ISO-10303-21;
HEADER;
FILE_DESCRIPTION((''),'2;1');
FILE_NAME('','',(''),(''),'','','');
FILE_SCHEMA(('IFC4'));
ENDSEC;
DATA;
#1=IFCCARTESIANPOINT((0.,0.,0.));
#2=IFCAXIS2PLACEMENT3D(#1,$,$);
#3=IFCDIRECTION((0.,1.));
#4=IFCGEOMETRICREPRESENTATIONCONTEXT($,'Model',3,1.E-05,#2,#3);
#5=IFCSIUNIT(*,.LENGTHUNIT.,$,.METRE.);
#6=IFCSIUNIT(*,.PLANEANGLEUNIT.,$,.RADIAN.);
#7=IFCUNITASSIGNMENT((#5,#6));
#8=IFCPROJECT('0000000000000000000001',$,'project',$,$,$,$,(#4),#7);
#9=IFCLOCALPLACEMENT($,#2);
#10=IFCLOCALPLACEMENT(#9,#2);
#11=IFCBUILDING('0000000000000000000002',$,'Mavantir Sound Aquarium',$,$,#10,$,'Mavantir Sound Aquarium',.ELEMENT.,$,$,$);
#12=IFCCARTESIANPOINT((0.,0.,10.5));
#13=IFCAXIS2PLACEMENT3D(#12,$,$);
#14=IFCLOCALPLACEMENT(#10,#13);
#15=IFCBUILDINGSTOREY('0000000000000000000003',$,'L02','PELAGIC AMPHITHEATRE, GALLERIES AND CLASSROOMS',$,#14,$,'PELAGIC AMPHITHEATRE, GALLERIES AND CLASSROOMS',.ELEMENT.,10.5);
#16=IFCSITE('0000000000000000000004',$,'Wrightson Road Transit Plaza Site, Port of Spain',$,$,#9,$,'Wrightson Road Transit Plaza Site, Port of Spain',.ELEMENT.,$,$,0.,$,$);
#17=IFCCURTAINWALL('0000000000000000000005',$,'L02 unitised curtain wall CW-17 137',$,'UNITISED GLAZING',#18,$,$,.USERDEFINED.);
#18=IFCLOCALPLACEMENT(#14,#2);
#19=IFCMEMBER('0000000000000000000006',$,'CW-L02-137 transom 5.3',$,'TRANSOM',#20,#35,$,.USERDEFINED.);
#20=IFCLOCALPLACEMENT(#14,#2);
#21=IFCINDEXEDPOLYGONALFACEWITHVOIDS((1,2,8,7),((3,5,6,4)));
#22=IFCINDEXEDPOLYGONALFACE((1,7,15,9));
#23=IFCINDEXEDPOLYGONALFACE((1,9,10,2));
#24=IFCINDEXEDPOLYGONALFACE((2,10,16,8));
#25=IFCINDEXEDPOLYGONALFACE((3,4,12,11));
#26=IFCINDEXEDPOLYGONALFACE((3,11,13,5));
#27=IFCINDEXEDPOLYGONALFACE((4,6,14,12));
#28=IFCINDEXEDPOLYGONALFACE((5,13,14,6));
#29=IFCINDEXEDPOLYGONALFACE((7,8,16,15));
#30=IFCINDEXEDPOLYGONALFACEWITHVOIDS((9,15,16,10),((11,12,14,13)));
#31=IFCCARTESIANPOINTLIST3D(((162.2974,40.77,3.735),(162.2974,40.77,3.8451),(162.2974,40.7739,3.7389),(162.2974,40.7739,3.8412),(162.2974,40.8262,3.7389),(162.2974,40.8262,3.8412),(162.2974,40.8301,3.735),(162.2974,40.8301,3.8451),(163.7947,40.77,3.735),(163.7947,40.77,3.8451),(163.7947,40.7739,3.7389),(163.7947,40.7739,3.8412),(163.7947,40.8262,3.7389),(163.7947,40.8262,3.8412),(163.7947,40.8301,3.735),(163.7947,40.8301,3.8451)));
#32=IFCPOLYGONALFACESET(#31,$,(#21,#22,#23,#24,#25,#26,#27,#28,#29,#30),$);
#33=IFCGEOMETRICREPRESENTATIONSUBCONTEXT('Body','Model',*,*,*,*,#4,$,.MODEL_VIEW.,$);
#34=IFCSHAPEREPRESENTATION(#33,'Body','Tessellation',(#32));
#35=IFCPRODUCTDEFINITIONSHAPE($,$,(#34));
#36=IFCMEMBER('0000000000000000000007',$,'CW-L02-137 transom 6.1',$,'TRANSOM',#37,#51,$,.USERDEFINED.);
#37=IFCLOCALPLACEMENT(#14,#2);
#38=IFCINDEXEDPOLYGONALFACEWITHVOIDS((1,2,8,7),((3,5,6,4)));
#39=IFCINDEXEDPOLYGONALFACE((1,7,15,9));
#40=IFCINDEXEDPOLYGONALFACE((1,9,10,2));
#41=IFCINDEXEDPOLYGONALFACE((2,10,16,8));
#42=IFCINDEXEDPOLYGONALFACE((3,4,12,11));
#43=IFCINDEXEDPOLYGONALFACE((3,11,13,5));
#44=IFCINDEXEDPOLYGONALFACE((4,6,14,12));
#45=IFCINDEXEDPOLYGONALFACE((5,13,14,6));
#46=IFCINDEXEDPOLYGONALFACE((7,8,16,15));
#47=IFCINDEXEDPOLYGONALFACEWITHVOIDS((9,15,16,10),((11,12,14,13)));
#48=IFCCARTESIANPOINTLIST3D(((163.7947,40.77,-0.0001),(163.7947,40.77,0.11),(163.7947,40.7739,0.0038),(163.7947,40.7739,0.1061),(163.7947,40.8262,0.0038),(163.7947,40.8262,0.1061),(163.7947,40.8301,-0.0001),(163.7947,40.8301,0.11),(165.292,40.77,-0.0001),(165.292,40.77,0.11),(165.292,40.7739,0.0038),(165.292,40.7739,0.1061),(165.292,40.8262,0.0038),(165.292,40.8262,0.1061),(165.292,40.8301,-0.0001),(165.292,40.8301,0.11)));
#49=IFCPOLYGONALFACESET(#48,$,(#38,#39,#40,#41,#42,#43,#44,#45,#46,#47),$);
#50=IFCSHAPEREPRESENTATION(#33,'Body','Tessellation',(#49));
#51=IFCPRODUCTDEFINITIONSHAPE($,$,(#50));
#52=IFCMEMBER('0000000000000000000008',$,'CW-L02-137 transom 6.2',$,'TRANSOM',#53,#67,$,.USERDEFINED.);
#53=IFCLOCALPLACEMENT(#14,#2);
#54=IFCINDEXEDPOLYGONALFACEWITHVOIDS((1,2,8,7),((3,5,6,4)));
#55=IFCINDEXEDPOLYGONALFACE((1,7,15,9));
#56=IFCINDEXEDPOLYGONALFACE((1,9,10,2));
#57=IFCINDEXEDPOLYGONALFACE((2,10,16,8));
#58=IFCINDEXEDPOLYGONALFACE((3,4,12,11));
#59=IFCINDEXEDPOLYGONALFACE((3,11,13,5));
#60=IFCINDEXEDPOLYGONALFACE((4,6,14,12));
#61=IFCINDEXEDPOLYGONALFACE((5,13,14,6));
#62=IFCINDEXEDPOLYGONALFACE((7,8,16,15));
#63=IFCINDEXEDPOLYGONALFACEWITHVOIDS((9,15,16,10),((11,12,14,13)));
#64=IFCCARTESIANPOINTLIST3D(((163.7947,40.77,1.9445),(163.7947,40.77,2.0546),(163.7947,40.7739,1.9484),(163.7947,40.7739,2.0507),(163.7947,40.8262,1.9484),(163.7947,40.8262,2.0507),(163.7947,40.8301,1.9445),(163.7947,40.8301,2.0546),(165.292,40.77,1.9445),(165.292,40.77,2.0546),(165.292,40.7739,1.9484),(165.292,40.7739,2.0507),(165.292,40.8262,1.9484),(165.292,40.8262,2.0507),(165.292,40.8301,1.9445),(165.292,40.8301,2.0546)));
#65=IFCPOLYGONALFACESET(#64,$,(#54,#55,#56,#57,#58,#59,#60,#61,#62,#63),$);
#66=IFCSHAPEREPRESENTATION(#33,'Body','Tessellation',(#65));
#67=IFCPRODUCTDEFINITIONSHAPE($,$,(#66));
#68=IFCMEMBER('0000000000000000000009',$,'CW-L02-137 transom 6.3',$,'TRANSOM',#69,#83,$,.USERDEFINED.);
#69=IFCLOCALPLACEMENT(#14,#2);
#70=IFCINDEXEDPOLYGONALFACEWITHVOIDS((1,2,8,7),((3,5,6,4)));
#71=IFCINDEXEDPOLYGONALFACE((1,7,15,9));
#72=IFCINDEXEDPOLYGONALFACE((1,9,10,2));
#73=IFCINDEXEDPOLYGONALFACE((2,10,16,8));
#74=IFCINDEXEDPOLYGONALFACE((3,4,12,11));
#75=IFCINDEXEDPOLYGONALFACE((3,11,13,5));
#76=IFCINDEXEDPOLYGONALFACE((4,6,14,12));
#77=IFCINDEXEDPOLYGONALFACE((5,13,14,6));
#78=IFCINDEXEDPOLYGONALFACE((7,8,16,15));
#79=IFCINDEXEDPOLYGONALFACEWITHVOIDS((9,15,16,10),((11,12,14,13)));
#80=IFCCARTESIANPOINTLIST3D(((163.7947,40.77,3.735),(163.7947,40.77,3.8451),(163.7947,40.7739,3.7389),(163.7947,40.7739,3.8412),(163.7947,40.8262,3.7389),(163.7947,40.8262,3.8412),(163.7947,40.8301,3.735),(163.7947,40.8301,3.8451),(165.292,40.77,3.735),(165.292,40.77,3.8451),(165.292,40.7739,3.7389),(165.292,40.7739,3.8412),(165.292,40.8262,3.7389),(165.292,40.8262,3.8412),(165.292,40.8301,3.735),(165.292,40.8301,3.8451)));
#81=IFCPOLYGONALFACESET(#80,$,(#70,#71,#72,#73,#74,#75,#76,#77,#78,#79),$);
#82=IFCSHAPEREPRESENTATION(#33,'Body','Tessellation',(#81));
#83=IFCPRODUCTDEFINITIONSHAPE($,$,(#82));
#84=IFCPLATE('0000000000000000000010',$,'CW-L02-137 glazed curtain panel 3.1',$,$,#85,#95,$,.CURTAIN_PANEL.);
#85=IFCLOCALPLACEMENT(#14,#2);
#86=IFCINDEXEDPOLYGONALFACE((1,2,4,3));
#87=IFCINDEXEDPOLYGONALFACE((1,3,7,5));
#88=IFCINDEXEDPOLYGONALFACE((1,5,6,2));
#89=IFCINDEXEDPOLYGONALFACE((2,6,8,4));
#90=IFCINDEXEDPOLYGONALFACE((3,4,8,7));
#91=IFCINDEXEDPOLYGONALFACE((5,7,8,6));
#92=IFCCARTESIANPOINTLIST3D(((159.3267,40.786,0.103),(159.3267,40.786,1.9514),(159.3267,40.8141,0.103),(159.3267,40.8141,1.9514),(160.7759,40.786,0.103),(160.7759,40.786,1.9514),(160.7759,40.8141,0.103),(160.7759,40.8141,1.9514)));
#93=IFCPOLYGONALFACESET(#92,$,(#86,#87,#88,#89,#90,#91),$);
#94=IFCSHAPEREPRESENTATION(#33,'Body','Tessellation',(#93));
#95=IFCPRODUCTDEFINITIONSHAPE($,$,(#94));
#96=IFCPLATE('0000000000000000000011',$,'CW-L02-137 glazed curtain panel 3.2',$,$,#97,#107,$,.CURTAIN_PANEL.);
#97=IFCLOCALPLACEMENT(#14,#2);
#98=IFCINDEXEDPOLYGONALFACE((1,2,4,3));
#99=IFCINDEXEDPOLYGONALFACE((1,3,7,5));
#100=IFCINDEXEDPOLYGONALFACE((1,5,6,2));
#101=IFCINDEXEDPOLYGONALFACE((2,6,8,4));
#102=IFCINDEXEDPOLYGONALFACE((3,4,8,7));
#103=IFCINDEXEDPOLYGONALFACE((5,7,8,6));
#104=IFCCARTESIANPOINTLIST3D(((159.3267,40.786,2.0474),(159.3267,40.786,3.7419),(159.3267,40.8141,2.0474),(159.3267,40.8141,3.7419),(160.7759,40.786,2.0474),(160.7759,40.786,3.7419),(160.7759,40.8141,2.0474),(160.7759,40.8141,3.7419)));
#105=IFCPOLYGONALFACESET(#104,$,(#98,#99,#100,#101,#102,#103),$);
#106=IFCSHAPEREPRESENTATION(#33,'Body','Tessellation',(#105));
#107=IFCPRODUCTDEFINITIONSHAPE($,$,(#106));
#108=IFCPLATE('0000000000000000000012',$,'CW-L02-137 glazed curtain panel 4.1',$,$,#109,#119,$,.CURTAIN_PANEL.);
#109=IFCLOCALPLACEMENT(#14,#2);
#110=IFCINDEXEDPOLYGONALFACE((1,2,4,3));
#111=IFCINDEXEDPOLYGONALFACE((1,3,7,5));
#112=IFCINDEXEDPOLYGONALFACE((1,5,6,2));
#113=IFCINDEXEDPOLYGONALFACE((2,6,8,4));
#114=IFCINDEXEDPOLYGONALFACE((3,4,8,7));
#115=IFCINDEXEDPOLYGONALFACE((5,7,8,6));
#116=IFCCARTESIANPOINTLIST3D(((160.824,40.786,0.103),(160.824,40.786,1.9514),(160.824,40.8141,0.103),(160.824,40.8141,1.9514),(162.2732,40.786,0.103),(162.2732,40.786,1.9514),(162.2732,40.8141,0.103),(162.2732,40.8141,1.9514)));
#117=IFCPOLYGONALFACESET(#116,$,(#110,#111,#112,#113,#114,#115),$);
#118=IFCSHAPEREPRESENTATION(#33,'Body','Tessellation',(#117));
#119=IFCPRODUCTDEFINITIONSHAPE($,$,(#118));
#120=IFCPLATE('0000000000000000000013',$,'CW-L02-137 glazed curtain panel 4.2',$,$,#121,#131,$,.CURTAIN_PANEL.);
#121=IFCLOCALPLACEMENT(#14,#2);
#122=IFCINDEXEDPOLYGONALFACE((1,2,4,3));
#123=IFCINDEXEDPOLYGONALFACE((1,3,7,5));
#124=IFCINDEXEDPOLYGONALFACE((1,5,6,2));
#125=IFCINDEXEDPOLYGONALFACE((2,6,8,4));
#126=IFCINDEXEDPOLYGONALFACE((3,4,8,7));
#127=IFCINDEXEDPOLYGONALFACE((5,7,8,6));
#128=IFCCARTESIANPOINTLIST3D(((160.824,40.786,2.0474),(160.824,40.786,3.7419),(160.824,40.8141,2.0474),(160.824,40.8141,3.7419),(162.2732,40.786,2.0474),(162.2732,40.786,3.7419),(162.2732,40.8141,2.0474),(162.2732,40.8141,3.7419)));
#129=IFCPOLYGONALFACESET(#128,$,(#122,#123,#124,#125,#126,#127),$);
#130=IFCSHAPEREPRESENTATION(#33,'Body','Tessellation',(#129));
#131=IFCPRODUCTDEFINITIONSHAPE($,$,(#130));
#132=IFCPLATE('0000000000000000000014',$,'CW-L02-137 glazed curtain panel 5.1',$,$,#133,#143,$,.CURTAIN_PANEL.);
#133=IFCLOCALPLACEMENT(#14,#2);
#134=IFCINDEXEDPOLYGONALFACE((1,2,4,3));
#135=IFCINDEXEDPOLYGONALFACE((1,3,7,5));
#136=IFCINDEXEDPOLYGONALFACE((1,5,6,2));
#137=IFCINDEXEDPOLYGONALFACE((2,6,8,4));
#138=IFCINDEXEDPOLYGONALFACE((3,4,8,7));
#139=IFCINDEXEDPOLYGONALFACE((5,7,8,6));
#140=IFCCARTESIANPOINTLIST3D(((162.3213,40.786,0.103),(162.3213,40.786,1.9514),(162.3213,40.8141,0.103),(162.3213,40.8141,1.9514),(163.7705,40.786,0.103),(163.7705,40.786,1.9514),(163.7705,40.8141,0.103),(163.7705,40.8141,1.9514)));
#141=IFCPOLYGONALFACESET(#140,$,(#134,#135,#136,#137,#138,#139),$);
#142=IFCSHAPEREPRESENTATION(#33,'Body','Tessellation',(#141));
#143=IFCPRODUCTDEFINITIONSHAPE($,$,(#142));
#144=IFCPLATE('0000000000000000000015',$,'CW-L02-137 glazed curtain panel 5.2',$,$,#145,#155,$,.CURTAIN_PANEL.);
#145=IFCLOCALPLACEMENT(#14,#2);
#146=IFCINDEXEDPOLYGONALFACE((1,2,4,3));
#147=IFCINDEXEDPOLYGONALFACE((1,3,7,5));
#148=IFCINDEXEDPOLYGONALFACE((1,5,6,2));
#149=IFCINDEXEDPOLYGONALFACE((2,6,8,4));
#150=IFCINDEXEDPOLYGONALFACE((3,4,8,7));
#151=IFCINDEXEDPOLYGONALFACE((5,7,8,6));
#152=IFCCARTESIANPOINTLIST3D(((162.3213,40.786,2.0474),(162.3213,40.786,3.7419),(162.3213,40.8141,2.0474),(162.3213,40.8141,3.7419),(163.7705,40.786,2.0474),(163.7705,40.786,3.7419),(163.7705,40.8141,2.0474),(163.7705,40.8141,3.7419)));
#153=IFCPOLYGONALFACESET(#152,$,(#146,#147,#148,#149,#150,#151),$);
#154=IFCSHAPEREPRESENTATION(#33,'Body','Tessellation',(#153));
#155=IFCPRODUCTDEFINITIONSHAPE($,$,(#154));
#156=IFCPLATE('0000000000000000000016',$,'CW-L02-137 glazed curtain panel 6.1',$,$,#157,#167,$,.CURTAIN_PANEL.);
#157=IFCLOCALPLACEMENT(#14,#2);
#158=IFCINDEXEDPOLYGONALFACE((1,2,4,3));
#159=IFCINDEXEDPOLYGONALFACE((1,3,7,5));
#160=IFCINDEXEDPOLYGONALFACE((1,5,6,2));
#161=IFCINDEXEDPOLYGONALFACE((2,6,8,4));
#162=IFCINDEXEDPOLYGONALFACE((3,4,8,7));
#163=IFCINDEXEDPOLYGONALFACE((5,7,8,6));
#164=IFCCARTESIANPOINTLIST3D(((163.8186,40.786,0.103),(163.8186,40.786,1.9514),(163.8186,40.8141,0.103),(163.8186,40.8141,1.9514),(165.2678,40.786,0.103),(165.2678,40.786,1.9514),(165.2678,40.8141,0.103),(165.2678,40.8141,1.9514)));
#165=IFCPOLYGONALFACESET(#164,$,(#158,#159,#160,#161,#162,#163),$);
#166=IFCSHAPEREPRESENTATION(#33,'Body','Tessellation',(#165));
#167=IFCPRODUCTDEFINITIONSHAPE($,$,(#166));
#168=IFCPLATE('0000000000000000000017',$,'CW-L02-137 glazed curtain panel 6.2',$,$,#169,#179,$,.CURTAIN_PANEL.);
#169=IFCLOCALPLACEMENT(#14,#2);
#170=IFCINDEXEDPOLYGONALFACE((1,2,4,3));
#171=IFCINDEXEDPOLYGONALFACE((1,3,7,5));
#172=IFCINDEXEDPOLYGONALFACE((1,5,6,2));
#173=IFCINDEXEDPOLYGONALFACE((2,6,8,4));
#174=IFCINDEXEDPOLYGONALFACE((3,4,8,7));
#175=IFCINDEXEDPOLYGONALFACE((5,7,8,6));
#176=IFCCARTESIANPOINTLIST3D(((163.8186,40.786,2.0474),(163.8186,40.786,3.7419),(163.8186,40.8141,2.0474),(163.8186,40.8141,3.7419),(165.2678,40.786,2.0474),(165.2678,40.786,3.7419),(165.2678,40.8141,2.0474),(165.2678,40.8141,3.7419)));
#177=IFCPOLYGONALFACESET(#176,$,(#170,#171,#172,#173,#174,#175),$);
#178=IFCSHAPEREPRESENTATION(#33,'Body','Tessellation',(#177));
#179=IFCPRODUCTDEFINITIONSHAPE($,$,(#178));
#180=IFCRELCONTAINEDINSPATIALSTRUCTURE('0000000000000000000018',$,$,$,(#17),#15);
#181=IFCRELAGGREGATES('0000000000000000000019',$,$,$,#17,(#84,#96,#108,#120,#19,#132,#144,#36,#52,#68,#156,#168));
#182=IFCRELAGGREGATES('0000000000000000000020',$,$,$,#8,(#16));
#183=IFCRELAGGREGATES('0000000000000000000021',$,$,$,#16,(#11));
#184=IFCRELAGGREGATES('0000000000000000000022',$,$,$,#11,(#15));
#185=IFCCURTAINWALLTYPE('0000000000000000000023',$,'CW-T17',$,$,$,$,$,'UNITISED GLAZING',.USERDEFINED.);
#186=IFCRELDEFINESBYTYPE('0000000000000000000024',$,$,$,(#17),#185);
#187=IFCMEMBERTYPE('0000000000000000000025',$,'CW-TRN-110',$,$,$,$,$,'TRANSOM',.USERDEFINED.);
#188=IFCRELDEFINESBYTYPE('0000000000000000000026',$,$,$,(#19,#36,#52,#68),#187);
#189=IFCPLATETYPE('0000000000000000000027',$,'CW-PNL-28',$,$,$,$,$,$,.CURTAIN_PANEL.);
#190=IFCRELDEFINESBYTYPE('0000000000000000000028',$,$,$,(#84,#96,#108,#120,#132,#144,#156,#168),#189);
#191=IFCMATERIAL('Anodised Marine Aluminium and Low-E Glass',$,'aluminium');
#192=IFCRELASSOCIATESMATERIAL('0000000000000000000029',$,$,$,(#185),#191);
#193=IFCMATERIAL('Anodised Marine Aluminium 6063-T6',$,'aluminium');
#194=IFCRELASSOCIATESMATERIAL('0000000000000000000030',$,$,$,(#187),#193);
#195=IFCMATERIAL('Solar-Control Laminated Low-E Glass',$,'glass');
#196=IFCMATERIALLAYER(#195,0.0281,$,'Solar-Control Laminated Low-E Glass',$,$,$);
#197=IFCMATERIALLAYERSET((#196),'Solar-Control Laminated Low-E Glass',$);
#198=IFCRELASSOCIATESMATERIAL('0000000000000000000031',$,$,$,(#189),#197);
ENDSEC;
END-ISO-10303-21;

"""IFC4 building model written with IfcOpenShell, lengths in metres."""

from ifc_helpers import new_model, si_unit, direction, frame, origin, origin_2d, place, context, subcontext, project, spatial, rectangle, hollow_rectangle, extrude, material, layer, layer_set, material_profile, profile_set, type_object, element, aggregate, save


model = new_model("IFC4")

# Units and contexts
model_context = context("Model", 3, precision=1e-05, world=origin(), true_north=direction((0.0, 1.0)))
body_context = subcontext(model_context, "Body", "Model", "MODEL_VIEW")
ifc_project = project(units=[si_unit("LENGTHUNIT", "METRE"), si_unit("PLANEANGLEUNIT", "RADIAN")], contexts=[model_context])

# Site, building, storey
site_placement = place(None, origin())
site = spatial("IfcSite", under=ifc_project, at=site_placement, Name="Wrightson Road Transit Plaza Site, Port of Spain", LongName="Wrightson Road Transit Plaza Site, Port of Spain", CompositionType="ELEMENT", RefElevation=0.0)
building_placement = place(site_placement, origin())
building = spatial("IfcBuilding", under=site, at=building_placement, Name="Mavantir Sound Aquarium", LongName="Mavantir Sound Aquarium", CompositionType="ELEMENT")
storey_placement = place(building_placement, frame((0.0, 0.0, 10.5)))
storey = spatial("IfcBuildingStorey", under=building, at=storey_placement, Name="L02", Description="PELAGIC AMPHITHEATRE, GALLERIES AND CLASSROOMS", LongName="PELAGIC AMPHITHEATRE, GALLERIES AND CLASSROOMS", CompositionType="ELEMENT", Elevation=10.5)

# Curtain wall
ifc_material_1 = material(Name="Anodised Marine Aluminium and Low-E Glass", Category="aluminium")
curtain_wall_type_1 = type_object("IfcCurtainWallType", Name="CW-T17", ElementType="UNITISED GLAZING", PredefinedType="USERDEFINED", material=ifc_material_1)
curtain_wall_1_placement = place(storey_placement, origin())
curtain_wall_1 = element("IfcCurtainWall", 1, at=curtain_wall_1_placement, inside=storey, type_object=curtain_wall_type_1, Name="L02 unitised curtain wall CW-17 137", ObjectType="UNITISED GLAZING", PredefinedType="USERDEFINED")
ifc_material_2 = material(Name="Anodised Marine Aluminium 6063-T6", Category="aluminium")

# Members
ifc_material_profile_1 = material_profile(ifc_material_2, hollow_rectangle(XDim=0.0601, YDim=0.1101, WallThickness=0.0039, at=origin_2d()), Name="ALU-TRANSOM-110X60")
ifc_profile_set_1 = profile_set([ifc_material_profile_1], Name="Anodised Marine Aluminium 6063-T6")
member_type_1 = type_object("IfcMemberType", Name="CW-TRN-110", ElementType="TRANSOM", PredefinedType="USERDEFINED", material=ifc_profile_set_1)
member_1_placement = place(storey_placement, frame((162.2974, 40.8, 3.79), z_axis=(1.0, 0.0, 0.0), x_axis=(0.0, 1.0, 0.0)))
member_1 = element("IfcMember", 2, at=member_1_placement, type_object=member_type_1, Name="CW-L02-137 transom 5.3", ObjectType="TRANSOM", PredefinedType="USERDEFINED", context=body_context, shape_type="SweptSolid", body=[
    extrude(hollow_rectangle(XDim=0.0601, YDim=0.1101, WallThickness=0.0039, at=origin_2d()), origin(), (0.0, 0.0, 1.0), 1.4973),
])
member_2_placement = place(storey_placement, frame((163.7947, 40.8, 0.0549), z_axis=(1.0, 0.0, 0.0), x_axis=(0.0, 1.0, 0.0)))
member_2 = element("IfcMember", 3, at=member_2_placement, type_object=member_type_1, Name="CW-L02-137 transom 6.1", ObjectType="TRANSOM", PredefinedType="USERDEFINED", context=body_context, shape_type="SweptSolid", body=[
    extrude(hollow_rectangle(XDim=0.0601, YDim=0.1101, WallThickness=0.0039, at=origin_2d()), origin(), (0.0, 0.0, 1.0), 1.4973),
])
member_3_placement = place(storey_placement, frame((163.7947, 40.8, 1.9995), z_axis=(1.0, 0.0, 0.0), x_axis=(0.0, 1.0, 0.0)))
member_3 = element("IfcMember", 4, at=member_3_placement, type_object=member_type_1, Name="CW-L02-137 transom 6.2", ObjectType="TRANSOM", PredefinedType="USERDEFINED", context=body_context, shape_type="SweptSolid", body=[
    extrude(hollow_rectangle(XDim=0.0601, YDim=0.1101, WallThickness=0.0039, at=origin_2d()), origin(), (0.0, 0.0, 1.0), 1.4973),
])
member_4_placement = place(storey_placement, frame((163.7947, 40.8, 3.79), z_axis=(1.0, 0.0, 0.0), x_axis=(0.0, 1.0, 0.0)))
member_4 = element("IfcMember", 5, at=member_4_placement, type_object=member_type_1, Name="CW-L02-137 transom 6.3", ObjectType="TRANSOM", PredefinedType="USERDEFINED", context=body_context, shape_type="SweptSolid", body=[
    extrude(hollow_rectangle(XDim=0.0601, YDim=0.1101, WallThickness=0.0039, at=origin_2d()), origin(), (0.0, 0.0, 1.0), 1.4973),
])

# Plates
ifc_material_3 = material(Name="Solar-Control Laminated Low-E Glass", Category="glass")
ifc_layer = layer(ifc_material_3, 0.0281, Name="Solar-Control Laminated Low-E Glass")
ifc_layer_set = layer_set([ifc_layer], Name="Solar-Control Laminated Low-E Glass")
plate_type = type_object("IfcPlateType", Name="CW-PNL-28", PredefinedType="CURTAIN_PANEL", material=ifc_layer_set)
plate_1_placement = place(storey_placement, frame((160.0513, 40.8, 0.103), z_axis=(0.0, 0.0, 1.0), x_axis=(1.0, 0.0, 0.0)))
plate_1 = element("IfcPlate", 6, at=plate_1_placement, type_object=plate_type, Name="CW-L02-137 glazed curtain panel 3.1", PredefinedType="CURTAIN_PANEL", context=body_context, shape_type="SweptSolid", body=[
    extrude(rectangle(XDim=1.4492, YDim=0.0281, at=origin_2d()), origin(), (0.0, 0.0, 1.0), 1.8484),
])
plate_2_placement = place(storey_placement, frame((160.0513, 40.8, 2.0474), z_axis=(0.0, 0.0, 1.0), x_axis=(1.0, 0.0, 0.0)))
plate_2 = element("IfcPlate", 7, at=plate_2_placement, type_object=plate_type, Name="CW-L02-137 glazed curtain panel 3.2", PredefinedType="CURTAIN_PANEL", context=body_context, shape_type="SweptSolid", body=[
    extrude(rectangle(XDim=1.4492, YDim=0.0281, at=origin_2d()), origin(), (0.0, 0.0, 1.0), 1.6946),
])
plate_3_placement = place(storey_placement, frame((161.5486, 40.8, 0.103), z_axis=(0.0, 0.0, 1.0), x_axis=(1.0, 0.0, 0.0)))
plate_3 = element("IfcPlate", 8, at=plate_3_placement, type_object=plate_type, Name="CW-L02-137 glazed curtain panel 4.1", PredefinedType="CURTAIN_PANEL", context=body_context, shape_type="SweptSolid", body=[
    extrude(rectangle(XDim=1.4492, YDim=0.0281, at=origin_2d()), origin(), (0.0, 0.0, 1.0), 1.8484),
])
plate_4_placement = place(storey_placement, frame((161.5486, 40.8, 2.0474), z_axis=(0.0, 0.0, 1.0), x_axis=(1.0, 0.0, 0.0)))
plate_4 = element("IfcPlate", 9, at=plate_4_placement, type_object=plate_type, Name="CW-L02-137 glazed curtain panel 4.2", PredefinedType="CURTAIN_PANEL", context=body_context, shape_type="SweptSolid", body=[
    extrude(rectangle(XDim=1.4492, YDim=0.0281, at=origin_2d()), origin(), (0.0, 0.0, 1.0), 1.6946),
])
plate_5_placement = place(storey_placement, frame((163.0459, 40.8, 0.103), z_axis=(0.0, 0.0, 1.0), x_axis=(1.0, 0.0, 0.0)))
plate_5 = element("IfcPlate", 10, at=plate_5_placement, type_object=plate_type, Name="CW-L02-137 glazed curtain panel 5.1", PredefinedType="CURTAIN_PANEL", context=body_context, shape_type="SweptSolid", body=[
    extrude(rectangle(XDim=1.4492, YDim=0.0281, at=origin_2d()), origin(), (0.0, 0.0, 1.0), 1.8484),
])
plate_6_placement = place(storey_placement, frame((163.0459, 40.8, 2.0474), z_axis=(0.0, 0.0, 1.0), x_axis=(1.0, 0.0, 0.0)))
plate_6 = element("IfcPlate", 11, at=plate_6_placement, type_object=plate_type, Name="CW-L02-137 glazed curtain panel 5.2", PredefinedType="CURTAIN_PANEL", context=body_context, shape_type="SweptSolid", body=[
    extrude(rectangle(XDim=1.4492, YDim=0.0281, at=origin_2d()), origin(), (0.0, 0.0, 1.0), 1.6946),
])
plate_7_placement = place(storey_placement, frame((164.5432, 40.8, 0.103), z_axis=(0.0, 0.0, 1.0), x_axis=(1.0, 0.0, 0.0)))
plate_7 = element("IfcPlate", 12, at=plate_7_placement, type_object=plate_type, Name="CW-L02-137 glazed curtain panel 6.1", PredefinedType="CURTAIN_PANEL", context=body_context, shape_type="SweptSolid", body=[
    extrude(rectangle(XDim=1.4492, YDim=0.0281, at=origin_2d()), origin(), (0.0, 0.0, 1.0), 1.8484),
])
plate_8_placement = place(storey_placement, frame((164.5432, 40.8, 2.0474), z_axis=(0.0, 0.0, 1.0), x_axis=(1.0, 0.0, 0.0)))
plate_8 = element("IfcPlate", 13, at=plate_8_placement, type_object=plate_type, Name="CW-L02-137 glazed curtain panel 6.2", PredefinedType="CURTAIN_PANEL", context=body_context, shape_type="SweptSolid", body=[
    extrude(rectangle(XDim=1.4492, YDim=0.0281, at=origin_2d()), origin(), (0.0, 0.0, 1.0), 1.6946),
])
aggregate(curtain_wall_1, [plate_1, plate_2, plate_3, plate_4, member_1, plate_5, plate_6, member_2, member_3, member_4, plate_7, plate_8])

save(model, "model.ifc")
